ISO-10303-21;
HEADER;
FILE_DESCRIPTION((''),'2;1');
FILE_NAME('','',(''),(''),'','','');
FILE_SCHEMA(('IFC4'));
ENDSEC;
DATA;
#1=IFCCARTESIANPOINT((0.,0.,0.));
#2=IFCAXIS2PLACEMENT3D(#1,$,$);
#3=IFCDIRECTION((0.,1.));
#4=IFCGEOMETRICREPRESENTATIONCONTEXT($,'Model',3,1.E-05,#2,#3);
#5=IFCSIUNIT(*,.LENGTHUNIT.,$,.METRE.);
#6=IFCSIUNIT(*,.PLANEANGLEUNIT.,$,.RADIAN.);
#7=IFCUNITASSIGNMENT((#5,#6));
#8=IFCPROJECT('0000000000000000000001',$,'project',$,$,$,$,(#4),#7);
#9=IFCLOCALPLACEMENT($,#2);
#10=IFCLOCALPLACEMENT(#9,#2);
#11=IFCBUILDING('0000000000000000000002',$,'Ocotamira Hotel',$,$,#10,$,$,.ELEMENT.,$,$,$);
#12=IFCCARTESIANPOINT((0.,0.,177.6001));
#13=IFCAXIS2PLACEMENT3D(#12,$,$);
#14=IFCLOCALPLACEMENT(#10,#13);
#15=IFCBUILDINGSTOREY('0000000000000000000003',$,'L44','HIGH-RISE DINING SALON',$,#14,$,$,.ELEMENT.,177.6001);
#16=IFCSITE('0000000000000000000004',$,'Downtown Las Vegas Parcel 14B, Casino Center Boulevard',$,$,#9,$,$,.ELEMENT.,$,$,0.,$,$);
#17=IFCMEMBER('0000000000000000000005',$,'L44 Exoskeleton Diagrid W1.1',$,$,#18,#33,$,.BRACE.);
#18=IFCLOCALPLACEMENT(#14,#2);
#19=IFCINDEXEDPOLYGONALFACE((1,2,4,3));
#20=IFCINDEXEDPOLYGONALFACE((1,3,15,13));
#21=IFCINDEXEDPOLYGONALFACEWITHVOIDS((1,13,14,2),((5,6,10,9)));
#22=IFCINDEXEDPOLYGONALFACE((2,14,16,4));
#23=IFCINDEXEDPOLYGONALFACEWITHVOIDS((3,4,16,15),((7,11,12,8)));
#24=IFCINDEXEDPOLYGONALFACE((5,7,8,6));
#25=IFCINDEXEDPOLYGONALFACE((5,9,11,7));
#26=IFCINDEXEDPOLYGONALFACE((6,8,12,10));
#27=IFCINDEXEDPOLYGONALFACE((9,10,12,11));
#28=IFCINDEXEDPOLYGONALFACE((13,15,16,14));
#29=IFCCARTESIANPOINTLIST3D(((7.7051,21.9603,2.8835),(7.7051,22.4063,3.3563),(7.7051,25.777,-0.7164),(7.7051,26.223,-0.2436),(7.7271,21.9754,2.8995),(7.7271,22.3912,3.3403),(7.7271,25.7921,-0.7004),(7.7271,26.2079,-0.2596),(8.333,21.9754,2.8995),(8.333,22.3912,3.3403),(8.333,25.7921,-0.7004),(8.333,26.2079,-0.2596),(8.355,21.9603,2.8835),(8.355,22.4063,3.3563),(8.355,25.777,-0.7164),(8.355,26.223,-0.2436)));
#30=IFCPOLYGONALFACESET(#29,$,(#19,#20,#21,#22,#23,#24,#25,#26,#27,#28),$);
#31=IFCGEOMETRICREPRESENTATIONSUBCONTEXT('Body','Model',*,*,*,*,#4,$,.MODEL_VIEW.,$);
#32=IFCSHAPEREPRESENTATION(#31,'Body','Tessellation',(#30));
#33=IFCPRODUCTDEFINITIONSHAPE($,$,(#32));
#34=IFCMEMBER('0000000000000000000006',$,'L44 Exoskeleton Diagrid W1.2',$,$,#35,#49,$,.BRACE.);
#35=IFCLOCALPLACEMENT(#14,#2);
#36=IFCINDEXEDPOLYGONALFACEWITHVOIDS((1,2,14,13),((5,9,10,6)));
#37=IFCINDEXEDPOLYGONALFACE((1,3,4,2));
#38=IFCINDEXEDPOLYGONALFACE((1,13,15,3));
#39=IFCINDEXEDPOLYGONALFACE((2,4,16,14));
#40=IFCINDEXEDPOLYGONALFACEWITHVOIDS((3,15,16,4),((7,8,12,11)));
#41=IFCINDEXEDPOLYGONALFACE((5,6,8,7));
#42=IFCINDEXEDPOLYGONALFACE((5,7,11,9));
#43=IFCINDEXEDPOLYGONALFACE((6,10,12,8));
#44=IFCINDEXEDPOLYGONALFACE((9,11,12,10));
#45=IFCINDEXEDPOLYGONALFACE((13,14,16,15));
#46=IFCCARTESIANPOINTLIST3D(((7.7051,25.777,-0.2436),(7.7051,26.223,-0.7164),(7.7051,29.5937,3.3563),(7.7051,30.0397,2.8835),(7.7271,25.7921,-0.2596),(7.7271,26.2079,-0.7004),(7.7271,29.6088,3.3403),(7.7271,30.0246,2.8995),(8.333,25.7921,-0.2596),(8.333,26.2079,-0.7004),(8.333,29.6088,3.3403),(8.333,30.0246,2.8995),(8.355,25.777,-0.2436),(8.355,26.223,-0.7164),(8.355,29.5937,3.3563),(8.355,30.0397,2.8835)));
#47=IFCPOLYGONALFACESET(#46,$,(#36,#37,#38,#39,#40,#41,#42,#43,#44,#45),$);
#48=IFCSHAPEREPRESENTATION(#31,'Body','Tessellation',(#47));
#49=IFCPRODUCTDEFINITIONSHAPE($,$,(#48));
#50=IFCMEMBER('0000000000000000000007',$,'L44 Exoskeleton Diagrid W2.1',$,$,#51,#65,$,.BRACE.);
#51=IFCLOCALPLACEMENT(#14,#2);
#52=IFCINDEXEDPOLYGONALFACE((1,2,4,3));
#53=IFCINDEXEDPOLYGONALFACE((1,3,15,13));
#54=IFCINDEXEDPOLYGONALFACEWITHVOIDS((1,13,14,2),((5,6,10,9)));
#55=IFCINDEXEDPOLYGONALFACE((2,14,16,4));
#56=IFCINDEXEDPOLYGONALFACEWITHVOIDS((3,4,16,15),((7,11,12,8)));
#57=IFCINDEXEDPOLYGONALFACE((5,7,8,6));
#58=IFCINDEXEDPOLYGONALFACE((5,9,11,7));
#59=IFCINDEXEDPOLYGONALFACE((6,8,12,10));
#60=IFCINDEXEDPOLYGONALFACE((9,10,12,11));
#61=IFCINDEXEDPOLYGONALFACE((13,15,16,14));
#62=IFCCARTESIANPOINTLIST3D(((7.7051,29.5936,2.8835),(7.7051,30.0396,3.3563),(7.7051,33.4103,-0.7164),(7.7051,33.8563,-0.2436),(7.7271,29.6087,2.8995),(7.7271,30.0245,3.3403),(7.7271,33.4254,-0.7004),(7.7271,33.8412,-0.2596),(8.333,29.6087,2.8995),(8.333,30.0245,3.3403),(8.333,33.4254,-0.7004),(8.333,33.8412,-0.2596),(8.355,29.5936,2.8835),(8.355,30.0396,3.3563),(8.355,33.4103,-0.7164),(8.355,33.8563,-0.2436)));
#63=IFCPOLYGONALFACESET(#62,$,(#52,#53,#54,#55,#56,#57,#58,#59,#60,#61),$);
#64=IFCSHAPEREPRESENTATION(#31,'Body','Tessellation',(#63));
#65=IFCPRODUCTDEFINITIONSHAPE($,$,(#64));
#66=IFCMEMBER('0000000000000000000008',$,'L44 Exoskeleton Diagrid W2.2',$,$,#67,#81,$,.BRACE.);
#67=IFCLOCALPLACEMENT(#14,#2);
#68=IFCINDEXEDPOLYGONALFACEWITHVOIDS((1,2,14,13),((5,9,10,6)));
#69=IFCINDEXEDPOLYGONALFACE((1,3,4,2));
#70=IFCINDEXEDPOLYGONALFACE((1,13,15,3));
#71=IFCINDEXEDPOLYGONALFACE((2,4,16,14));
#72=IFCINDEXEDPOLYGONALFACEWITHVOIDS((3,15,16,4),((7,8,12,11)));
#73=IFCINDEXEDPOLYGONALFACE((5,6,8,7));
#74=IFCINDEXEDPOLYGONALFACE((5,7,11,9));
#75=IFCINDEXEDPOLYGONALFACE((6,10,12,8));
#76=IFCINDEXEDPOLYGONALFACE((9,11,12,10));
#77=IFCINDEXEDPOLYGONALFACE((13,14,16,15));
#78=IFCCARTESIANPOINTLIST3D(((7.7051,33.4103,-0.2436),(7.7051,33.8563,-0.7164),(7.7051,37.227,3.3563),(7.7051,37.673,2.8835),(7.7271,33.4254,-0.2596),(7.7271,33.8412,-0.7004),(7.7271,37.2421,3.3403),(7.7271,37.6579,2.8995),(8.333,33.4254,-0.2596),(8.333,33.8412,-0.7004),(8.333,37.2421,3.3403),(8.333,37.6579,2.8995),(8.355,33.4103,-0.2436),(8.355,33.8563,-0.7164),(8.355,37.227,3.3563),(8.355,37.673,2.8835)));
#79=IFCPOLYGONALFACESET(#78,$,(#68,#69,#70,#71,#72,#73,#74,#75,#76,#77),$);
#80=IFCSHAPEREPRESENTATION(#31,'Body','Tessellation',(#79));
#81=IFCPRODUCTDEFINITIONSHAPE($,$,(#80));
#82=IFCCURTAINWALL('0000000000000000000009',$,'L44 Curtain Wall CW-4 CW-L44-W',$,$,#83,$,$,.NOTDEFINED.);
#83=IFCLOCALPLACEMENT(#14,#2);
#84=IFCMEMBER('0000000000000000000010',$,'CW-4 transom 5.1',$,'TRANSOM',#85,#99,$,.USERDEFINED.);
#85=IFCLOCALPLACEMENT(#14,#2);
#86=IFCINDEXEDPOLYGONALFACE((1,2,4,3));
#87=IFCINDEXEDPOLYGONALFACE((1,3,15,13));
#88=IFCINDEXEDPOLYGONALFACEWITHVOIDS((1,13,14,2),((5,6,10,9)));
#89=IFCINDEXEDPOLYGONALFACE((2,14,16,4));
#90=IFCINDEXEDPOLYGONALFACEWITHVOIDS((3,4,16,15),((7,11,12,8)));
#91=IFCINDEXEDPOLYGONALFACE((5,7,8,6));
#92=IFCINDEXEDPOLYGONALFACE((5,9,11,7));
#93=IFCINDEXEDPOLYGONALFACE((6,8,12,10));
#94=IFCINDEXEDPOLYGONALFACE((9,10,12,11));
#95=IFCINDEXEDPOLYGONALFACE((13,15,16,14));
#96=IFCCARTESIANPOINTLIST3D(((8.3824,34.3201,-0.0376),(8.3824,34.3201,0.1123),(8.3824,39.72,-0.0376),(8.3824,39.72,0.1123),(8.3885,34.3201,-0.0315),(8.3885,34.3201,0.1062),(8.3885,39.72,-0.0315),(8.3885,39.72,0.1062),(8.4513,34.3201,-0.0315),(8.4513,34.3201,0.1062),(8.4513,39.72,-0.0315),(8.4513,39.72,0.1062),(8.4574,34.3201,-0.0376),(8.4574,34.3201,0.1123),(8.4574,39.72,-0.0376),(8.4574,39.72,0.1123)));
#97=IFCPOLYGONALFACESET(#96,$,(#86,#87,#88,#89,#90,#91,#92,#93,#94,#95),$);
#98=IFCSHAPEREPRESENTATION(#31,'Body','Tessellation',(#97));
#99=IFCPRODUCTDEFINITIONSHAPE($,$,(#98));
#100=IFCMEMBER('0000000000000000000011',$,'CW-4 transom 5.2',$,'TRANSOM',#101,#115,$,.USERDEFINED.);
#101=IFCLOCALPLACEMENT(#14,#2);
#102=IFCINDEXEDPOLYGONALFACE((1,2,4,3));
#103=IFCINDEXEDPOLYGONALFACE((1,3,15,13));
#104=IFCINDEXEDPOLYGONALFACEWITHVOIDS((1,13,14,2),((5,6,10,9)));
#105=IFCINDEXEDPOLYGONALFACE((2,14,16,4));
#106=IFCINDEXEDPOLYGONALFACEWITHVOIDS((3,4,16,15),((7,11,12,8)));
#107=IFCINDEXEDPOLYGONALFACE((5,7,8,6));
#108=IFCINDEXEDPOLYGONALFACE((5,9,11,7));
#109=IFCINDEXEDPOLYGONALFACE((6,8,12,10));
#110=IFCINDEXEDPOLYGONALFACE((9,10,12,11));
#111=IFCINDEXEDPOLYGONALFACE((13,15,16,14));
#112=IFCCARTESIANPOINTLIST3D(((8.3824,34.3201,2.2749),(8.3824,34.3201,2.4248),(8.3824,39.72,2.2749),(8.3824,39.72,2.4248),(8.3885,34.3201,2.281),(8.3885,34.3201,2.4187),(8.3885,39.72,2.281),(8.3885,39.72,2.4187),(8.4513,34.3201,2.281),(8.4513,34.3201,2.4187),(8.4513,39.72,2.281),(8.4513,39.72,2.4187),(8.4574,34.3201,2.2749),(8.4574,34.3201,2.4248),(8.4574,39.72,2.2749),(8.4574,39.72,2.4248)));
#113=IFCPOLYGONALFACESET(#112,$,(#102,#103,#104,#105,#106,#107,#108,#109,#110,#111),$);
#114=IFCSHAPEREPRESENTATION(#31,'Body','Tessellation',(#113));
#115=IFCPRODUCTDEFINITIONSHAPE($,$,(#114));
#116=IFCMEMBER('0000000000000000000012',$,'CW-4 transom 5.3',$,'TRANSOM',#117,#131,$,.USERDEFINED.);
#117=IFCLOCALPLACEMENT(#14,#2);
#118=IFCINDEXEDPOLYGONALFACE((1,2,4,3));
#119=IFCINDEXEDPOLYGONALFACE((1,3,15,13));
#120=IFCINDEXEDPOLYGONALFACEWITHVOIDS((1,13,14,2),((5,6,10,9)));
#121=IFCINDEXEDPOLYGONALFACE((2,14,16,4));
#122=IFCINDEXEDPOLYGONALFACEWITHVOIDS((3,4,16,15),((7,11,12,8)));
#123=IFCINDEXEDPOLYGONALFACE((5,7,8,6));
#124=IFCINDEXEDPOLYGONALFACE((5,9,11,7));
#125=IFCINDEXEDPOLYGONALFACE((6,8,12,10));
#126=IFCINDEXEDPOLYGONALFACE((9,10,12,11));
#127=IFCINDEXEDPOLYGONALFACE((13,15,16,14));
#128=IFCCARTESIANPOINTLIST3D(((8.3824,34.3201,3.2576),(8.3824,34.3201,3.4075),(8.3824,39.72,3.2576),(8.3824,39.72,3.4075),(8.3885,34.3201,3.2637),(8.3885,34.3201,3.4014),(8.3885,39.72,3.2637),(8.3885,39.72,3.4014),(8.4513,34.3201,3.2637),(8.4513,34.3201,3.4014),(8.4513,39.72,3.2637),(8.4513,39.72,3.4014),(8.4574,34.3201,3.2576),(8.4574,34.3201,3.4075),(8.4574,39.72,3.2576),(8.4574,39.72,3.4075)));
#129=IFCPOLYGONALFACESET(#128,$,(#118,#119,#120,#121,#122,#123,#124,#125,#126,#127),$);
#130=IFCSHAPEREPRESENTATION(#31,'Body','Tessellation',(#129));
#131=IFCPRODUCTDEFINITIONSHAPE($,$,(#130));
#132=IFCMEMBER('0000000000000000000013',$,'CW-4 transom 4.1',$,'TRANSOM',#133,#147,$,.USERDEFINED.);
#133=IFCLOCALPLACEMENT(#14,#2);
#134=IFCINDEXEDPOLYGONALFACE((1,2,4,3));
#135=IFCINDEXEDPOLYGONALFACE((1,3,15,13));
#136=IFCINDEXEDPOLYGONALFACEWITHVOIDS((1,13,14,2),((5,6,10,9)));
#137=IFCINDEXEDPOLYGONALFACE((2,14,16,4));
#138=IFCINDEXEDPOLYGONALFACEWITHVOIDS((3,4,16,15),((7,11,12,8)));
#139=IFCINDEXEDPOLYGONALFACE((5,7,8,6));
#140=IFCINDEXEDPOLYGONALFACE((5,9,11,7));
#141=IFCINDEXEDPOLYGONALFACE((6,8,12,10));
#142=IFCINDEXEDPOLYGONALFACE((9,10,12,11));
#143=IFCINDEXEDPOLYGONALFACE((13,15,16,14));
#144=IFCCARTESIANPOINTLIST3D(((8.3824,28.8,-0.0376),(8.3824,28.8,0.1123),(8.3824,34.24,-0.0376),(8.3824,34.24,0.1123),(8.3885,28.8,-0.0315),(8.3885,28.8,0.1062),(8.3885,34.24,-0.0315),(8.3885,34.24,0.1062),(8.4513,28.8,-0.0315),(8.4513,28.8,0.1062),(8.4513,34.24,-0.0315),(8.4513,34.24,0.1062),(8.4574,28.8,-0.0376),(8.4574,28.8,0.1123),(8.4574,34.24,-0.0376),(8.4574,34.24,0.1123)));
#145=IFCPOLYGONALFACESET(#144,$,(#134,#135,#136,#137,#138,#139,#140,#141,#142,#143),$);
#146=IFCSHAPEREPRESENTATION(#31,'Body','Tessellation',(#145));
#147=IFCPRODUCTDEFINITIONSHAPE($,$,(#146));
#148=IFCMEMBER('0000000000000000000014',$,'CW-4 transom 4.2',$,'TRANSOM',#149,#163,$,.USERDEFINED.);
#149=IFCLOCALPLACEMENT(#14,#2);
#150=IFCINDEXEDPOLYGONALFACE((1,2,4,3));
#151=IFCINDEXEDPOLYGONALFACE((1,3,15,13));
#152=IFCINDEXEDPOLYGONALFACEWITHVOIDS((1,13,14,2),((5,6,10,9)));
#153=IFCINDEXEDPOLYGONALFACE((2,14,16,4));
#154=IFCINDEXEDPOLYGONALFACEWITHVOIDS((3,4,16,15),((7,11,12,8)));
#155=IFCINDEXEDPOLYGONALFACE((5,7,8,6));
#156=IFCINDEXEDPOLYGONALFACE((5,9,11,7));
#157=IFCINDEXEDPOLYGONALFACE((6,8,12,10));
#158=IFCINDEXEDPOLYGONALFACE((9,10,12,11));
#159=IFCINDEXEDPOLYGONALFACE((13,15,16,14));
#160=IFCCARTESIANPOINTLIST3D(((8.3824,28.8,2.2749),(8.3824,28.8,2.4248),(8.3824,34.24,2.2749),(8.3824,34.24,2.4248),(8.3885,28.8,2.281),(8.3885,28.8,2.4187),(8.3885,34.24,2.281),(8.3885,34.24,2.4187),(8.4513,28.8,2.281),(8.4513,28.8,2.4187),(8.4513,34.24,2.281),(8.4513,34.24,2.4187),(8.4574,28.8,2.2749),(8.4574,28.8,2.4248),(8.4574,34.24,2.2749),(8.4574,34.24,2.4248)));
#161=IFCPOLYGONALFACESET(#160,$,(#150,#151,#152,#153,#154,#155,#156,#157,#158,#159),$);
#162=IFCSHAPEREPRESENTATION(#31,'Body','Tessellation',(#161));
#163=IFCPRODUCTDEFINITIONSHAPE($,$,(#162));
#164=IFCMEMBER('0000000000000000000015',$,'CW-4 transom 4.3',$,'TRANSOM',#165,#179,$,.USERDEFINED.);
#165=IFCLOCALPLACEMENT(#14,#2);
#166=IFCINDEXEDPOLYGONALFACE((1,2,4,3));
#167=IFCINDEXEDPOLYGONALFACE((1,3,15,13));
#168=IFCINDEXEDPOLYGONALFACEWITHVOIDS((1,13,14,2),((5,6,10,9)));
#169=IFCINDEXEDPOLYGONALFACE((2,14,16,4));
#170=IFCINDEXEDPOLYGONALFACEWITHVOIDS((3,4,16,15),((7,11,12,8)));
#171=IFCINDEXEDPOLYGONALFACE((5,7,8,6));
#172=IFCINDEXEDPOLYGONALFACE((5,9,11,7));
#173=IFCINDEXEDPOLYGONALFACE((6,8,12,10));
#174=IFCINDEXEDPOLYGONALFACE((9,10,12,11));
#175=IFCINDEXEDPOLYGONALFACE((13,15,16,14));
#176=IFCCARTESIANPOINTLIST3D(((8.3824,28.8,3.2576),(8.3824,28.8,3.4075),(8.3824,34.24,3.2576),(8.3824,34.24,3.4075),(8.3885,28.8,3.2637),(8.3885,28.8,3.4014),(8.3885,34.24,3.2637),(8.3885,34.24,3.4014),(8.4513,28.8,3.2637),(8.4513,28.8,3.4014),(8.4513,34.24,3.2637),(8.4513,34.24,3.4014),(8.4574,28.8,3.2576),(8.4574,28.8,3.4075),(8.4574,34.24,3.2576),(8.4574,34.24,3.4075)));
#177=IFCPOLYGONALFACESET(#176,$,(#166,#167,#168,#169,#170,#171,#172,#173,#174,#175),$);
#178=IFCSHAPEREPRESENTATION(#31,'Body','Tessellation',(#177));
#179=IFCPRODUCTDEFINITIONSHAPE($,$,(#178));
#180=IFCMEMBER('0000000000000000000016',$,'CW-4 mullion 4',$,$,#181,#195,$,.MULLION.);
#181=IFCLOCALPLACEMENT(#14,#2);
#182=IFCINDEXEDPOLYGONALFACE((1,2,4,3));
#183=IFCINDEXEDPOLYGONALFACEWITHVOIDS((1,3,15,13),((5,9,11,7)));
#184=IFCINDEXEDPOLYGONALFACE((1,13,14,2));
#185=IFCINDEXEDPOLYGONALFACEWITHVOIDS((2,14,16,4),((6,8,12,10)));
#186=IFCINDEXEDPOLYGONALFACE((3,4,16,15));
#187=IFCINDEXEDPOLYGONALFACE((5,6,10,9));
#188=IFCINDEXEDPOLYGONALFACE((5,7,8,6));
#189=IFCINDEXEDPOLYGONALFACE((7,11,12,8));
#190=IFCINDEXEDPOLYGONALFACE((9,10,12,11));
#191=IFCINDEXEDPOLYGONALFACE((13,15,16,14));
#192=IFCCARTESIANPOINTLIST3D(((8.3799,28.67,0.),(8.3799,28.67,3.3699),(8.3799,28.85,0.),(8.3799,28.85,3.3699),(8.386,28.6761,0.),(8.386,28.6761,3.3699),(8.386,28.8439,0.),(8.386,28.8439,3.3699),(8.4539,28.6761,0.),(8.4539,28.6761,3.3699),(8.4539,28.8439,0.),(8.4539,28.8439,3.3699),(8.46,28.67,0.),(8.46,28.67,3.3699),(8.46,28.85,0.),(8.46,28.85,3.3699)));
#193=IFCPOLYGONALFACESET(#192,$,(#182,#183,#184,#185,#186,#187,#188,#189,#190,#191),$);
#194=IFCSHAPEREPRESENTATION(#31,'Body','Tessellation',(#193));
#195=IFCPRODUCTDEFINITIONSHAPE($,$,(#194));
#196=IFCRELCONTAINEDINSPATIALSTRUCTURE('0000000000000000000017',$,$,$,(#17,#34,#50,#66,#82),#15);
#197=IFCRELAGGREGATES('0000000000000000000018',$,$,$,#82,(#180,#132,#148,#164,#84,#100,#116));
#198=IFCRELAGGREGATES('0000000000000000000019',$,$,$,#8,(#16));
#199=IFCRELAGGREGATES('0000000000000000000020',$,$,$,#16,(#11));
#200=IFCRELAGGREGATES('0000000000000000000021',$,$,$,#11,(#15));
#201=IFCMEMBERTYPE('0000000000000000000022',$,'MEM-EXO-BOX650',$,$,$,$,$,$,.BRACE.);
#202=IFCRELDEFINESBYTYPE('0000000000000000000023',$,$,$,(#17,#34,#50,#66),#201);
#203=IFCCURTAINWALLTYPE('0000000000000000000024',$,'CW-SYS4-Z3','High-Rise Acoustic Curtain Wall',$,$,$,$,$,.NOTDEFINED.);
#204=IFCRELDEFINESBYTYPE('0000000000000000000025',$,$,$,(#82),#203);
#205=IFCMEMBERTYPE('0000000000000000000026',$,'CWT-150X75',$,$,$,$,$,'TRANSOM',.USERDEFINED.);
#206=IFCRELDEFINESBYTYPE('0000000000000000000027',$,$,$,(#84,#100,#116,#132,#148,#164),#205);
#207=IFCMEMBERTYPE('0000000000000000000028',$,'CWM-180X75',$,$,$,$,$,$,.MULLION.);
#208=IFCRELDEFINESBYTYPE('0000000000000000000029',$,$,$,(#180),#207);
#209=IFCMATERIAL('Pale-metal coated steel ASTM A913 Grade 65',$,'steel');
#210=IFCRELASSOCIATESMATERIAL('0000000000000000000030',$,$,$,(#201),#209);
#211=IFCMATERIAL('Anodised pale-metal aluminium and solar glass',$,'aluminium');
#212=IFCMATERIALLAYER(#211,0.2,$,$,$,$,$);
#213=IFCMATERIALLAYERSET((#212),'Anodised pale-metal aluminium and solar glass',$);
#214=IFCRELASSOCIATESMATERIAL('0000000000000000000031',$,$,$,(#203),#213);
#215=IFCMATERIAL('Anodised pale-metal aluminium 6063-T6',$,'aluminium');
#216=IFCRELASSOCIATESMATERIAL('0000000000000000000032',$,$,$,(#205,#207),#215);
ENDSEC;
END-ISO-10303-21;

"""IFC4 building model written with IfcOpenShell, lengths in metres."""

from ifc_helpers import new_model, si_unit, direction, frame, origin, origin_2d, place, context, subcontext, project, spatial, hollow_rectangle, extrude, source, transform, mapped, material, layer, layer_set, material_profile, profile_set, type_object, element, aggregate, save


model = new_model("IFC4")

# Units and contexts
model_context = context("Model", 3, precision=1e-05, world=origin(), true_north=direction((0.0, 1.0)))
body_context = subcontext(model_context, "Body", "Model", "MODEL_VIEW")
ifc_project = project(units=[si_unit("LENGTHUNIT", "METRE"), si_unit("PLANEANGLEUNIT", "RADIAN")], contexts=[model_context])

# Site, building, storey
site_placement = place(None, origin())
site = spatial("IfcSite", under=ifc_project, at=site_placement, Name="Downtown Las Vegas Parcel 14B, Casino Center Boulevard", CompositionType="ELEMENT", RefElevation=0.0)
building_placement = place(site_placement, origin())
building = spatial("IfcBuilding", under=site, at=building_placement, Name="Ocotamira Hotel", CompositionType="ELEMENT")
storey_placement = place(building_placement, frame((0.0, 0.0, 177.6001)))
storey = spatial("IfcBuildingStorey", under=building, at=storey_placement, Name="L44", Description="HIGH-RISE DINING SALON", CompositionType="ELEMENT", Elevation=177.6001)

# Members
ifc_material_1 = material(Name="Pale-metal coated steel ASTM A913 Grade 65", Category="steel")
ifc_material_profile_1 = material_profile(ifc_material_1, hollow_rectangle(XDim=0.6499, YDim=0.6499, WallThickness=0.022, at=origin_2d()), Name="BOX650X650X22")
ifc_profile_set_1 = profile_set([ifc_material_profile_1], Name="Pale-metal coated steel ASTM A913 Grade 65")
member_type_1 = type_object("IfcMemberType", Name="MEM-EXO-BOX650", PredefinedType="BRACE", material=ifc_profile_set_1)
shared_shape_1 = source(origin(), body_context, "Body", "SweptSolid", [
    extrude(hollow_rectangle(XDim=0.6499, YDim=0.6499, WallThickness=0.022, at=origin_2d()), origin(), (0.0, 0.0, 1.0), 5.2466),
])
for number, where, z_axis, x_axis, name in (
    (1, (8.03, 26.0, -0.48), (0.0, -0.727466, 0.686144), (1.0, 0.0, 0.0), "L44 Exoskeleton Diagrid W1.1"),
    (2, (8.03, 26.0, -0.48), (0.0, 0.727466, 0.686144), (-1.0, 0.0, 0.0), "L44 Exoskeleton Diagrid W1.2"),
    (3, (8.03, 33.6333, -0.48), (0.0, -0.727466, 0.686144), (1.0, 0.0, 0.0), "L44 Exoskeleton Diagrid W2.1"),
    (4, (8.03, 33.6333, -0.48), (0.0, 0.727466, 0.686144), (-1.0, 0.0, 0.0), "L44 Exoskeleton Diagrid W2.2"),
):
    element("IfcMember", number, at=place(storey_placement, frame(where, z_axis=z_axis, x_axis=x_axis)), inside=storey, type_object=member_type_1, Name=name, PredefinedType="BRACE", context=body_context, shape_type="MappedRepresentation", body=[
        mapped(shared_shape_1, transform((0.0, 0.0, 0.0), scale=1.0)),
    ])

# Curtain wall, members
ifc_material_2 = material(Name="Anodised pale-metal aluminium and solar glass", Category="aluminium")
ifc_layer_1 = layer(ifc_material_2, 0.2)
ifc_layer_set_1 = layer_set([ifc_layer_1], Name="Anodised pale-metal aluminium and solar glass")
curtain_wall_type = type_object("IfcCurtainWallType", Name="CW-SYS4-Z3", Description="High-Rise Acoustic Curtain Wall", PredefinedType="NOTDEFINED", material=ifc_layer_set_1)
curtain_wall_placement = place(storey_placement, origin())
curtain_wall = element("IfcCurtainWall", 5, at=curtain_wall_placement, inside=storey, type_object=curtain_wall_type, Name="L44 Curtain Wall CW-4 CW-L44-W", PredefinedType="NOTDEFINED")
ifc_material_3 = material(Name="Anodised pale-metal aluminium 6063-T6", Category="aluminium")
ifc_material_profile_2 = material_profile(ifc_material_3, hollow_rectangle(XDim=0.075, YDim=0.1499, WallThickness=0.0061, at=origin_2d()), Name="HSS150X75X6")
ifc_profile_set_2 = profile_set([ifc_material_profile_2], Name="Anodised pale-metal aluminium 6063-T6")
member_type_2 = type_object("IfcMemberType", Name="CWT-150X75", ElementType="TRANSOM", PredefinedType="USERDEFINED", material=ifc_profile_set_2)
shared_shape_2 = source(origin(), body_context, "Body", "SweptSolid", [
    extrude(hollow_rectangle(XDim=0.075, YDim=0.1499, WallThickness=0.0061, at=origin_2d()), origin(), (0.0, 0.0, 1.0), 5.3999),
])
member_1_placement = place(storey_placement, frame((8.4199, 34.3201, 0.0374), z_axis=(0.0, 1.0, 0.0), x_axis=(-1.0, 0.0, 0.0)))
member_1 = element("IfcMember", 6, at=member_1_placement, type_object=member_type_2, Name="CW-4 transom 5.1", ObjectType="TRANSOM", PredefinedType="USERDEFINED", context=body_context, shape_type="MappedRepresentation", body=[
    mapped(shared_shape_2, transform((0.0, 0.0, 0.0), scale=1.0)),
])
member_2_placement = place(storey_placement, frame((8.4199, 34.3201, 2.3499), z_axis=(0.0, 1.0, 0.0), x_axis=(-1.0, 0.0, 0.0)))
member_2 = element("IfcMember", 7, at=member_2_placement, type_object=member_type_2, Name="CW-4 transom 5.2", ObjectType="TRANSOM", PredefinedType="USERDEFINED", context=body_context, shape_type="MappedRepresentation", body=[
    mapped(shared_shape_2, transform((0.0, 0.0, 0.0), scale=1.0)),
])
member_3_placement = place(storey_placement, frame((8.4199, 34.3201, 3.3325), z_axis=(0.0, 1.0, 0.0), x_axis=(-1.0, 0.0, 0.0)))
member_3 = element("IfcMember", 8, at=member_3_placement, type_object=member_type_2, Name="CW-4 transom 5.3", ObjectType="TRANSOM", PredefinedType="USERDEFINED", context=body_context, shape_type="MappedRepresentation", body=[
    mapped(shared_shape_2, transform((0.0, 0.0, 0.0), scale=1.0)),
])
shared_shape_3 = source(origin(), body_context, "Body", "SweptSolid", [
    extrude(hollow_rectangle(XDim=0.075, YDim=0.1499, WallThickness=0.0061, at=origin_2d()), origin(), (0.0, 0.0, 1.0), 5.4399),
])
member_4_placement = place(storey_placement, frame((8.4199, 28.8, 0.0374), z_axis=(0.0, 1.0, 0.0), x_axis=(-1.0, 0.0, 0.0)))
member_4 = element("IfcMember", 9, at=member_4_placement, type_object=member_type_2, Name="CW-4 transom 4.1", ObjectType="TRANSOM", PredefinedType="USERDEFINED", context=body_context, shape_type="MappedRepresentation", body=[
    mapped(shared_shape_3, transform((0.0, 0.0, 0.0), scale=1.0)),
])
member_5_placement = place(storey_placement, frame((8.4199, 28.8, 2.3499), z_axis=(0.0, 1.0, 0.0), x_axis=(-1.0, 0.0, 0.0)))
member_5 = element("IfcMember", 10, at=member_5_placement, type_object=member_type_2, Name="CW-4 transom 4.2", ObjectType="TRANSOM", PredefinedType="USERDEFINED", context=body_context, shape_type="MappedRepresentation", body=[
    mapped(shared_shape_3, transform((0.0, 0.0, 0.0), scale=1.0)),
])
member_6_placement = place(storey_placement, frame((8.4199, 28.8, 3.3325), z_axis=(0.0, 1.0, 0.0), x_axis=(-1.0, 0.0, 0.0)))
member_6 = element("IfcMember", 11, at=member_6_placement, type_object=member_type_2, Name="CW-4 transom 4.3", ObjectType="TRANSOM", PredefinedType="USERDEFINED", context=body_context, shape_type="MappedRepresentation", body=[
    mapped(shared_shape_3, transform((0.0, 0.0, 0.0), scale=1.0)),
])
ifc_material_profile_3 = material_profile(ifc_material_3, hollow_rectangle(XDim=0.0801, YDim=0.1799, WallThickness=0.0061, at=origin_2d()), Name="HSS180X80X6")
ifc_profile_set_3 = profile_set([ifc_material_profile_3], Name="Anodised pale-metal aluminium 6063-T6")
member_type_3 = type_object("IfcMemberType", Name="CWM-180X75", PredefinedType="MULLION", material=ifc_profile_set_3)
shared_shape_4 = source(origin(), body_context, "Body", "SweptSolid", [
    extrude(hollow_rectangle(XDim=0.0801, YDim=0.1799, WallThickness=0.0061, at=origin_2d()), origin(), (0.0, 0.0, 1.0), 3.3699),
])
member_7_placement = place(storey_placement, frame((8.4199, 28.76, 0.0), z_axis=(0.0, 0.0, 1.0), x_axis=(-1.0, 0.0, 0.0)))
member_7 = element("IfcMember", 12, at=member_7_placement, type_object=member_type_3, Name="CW-4 mullion 4", PredefinedType="MULLION", context=body_context, shape_type="MappedRepresentation", body=[
    mapped(shared_shape_4, transform((0.0, 0.0, 0.0), scale=1.0)),
])

aggregate(curtain_wall, [member_7, member_4, member_5, member_6, member_1, member_2, member_3])

save(model, "model.ifc")
